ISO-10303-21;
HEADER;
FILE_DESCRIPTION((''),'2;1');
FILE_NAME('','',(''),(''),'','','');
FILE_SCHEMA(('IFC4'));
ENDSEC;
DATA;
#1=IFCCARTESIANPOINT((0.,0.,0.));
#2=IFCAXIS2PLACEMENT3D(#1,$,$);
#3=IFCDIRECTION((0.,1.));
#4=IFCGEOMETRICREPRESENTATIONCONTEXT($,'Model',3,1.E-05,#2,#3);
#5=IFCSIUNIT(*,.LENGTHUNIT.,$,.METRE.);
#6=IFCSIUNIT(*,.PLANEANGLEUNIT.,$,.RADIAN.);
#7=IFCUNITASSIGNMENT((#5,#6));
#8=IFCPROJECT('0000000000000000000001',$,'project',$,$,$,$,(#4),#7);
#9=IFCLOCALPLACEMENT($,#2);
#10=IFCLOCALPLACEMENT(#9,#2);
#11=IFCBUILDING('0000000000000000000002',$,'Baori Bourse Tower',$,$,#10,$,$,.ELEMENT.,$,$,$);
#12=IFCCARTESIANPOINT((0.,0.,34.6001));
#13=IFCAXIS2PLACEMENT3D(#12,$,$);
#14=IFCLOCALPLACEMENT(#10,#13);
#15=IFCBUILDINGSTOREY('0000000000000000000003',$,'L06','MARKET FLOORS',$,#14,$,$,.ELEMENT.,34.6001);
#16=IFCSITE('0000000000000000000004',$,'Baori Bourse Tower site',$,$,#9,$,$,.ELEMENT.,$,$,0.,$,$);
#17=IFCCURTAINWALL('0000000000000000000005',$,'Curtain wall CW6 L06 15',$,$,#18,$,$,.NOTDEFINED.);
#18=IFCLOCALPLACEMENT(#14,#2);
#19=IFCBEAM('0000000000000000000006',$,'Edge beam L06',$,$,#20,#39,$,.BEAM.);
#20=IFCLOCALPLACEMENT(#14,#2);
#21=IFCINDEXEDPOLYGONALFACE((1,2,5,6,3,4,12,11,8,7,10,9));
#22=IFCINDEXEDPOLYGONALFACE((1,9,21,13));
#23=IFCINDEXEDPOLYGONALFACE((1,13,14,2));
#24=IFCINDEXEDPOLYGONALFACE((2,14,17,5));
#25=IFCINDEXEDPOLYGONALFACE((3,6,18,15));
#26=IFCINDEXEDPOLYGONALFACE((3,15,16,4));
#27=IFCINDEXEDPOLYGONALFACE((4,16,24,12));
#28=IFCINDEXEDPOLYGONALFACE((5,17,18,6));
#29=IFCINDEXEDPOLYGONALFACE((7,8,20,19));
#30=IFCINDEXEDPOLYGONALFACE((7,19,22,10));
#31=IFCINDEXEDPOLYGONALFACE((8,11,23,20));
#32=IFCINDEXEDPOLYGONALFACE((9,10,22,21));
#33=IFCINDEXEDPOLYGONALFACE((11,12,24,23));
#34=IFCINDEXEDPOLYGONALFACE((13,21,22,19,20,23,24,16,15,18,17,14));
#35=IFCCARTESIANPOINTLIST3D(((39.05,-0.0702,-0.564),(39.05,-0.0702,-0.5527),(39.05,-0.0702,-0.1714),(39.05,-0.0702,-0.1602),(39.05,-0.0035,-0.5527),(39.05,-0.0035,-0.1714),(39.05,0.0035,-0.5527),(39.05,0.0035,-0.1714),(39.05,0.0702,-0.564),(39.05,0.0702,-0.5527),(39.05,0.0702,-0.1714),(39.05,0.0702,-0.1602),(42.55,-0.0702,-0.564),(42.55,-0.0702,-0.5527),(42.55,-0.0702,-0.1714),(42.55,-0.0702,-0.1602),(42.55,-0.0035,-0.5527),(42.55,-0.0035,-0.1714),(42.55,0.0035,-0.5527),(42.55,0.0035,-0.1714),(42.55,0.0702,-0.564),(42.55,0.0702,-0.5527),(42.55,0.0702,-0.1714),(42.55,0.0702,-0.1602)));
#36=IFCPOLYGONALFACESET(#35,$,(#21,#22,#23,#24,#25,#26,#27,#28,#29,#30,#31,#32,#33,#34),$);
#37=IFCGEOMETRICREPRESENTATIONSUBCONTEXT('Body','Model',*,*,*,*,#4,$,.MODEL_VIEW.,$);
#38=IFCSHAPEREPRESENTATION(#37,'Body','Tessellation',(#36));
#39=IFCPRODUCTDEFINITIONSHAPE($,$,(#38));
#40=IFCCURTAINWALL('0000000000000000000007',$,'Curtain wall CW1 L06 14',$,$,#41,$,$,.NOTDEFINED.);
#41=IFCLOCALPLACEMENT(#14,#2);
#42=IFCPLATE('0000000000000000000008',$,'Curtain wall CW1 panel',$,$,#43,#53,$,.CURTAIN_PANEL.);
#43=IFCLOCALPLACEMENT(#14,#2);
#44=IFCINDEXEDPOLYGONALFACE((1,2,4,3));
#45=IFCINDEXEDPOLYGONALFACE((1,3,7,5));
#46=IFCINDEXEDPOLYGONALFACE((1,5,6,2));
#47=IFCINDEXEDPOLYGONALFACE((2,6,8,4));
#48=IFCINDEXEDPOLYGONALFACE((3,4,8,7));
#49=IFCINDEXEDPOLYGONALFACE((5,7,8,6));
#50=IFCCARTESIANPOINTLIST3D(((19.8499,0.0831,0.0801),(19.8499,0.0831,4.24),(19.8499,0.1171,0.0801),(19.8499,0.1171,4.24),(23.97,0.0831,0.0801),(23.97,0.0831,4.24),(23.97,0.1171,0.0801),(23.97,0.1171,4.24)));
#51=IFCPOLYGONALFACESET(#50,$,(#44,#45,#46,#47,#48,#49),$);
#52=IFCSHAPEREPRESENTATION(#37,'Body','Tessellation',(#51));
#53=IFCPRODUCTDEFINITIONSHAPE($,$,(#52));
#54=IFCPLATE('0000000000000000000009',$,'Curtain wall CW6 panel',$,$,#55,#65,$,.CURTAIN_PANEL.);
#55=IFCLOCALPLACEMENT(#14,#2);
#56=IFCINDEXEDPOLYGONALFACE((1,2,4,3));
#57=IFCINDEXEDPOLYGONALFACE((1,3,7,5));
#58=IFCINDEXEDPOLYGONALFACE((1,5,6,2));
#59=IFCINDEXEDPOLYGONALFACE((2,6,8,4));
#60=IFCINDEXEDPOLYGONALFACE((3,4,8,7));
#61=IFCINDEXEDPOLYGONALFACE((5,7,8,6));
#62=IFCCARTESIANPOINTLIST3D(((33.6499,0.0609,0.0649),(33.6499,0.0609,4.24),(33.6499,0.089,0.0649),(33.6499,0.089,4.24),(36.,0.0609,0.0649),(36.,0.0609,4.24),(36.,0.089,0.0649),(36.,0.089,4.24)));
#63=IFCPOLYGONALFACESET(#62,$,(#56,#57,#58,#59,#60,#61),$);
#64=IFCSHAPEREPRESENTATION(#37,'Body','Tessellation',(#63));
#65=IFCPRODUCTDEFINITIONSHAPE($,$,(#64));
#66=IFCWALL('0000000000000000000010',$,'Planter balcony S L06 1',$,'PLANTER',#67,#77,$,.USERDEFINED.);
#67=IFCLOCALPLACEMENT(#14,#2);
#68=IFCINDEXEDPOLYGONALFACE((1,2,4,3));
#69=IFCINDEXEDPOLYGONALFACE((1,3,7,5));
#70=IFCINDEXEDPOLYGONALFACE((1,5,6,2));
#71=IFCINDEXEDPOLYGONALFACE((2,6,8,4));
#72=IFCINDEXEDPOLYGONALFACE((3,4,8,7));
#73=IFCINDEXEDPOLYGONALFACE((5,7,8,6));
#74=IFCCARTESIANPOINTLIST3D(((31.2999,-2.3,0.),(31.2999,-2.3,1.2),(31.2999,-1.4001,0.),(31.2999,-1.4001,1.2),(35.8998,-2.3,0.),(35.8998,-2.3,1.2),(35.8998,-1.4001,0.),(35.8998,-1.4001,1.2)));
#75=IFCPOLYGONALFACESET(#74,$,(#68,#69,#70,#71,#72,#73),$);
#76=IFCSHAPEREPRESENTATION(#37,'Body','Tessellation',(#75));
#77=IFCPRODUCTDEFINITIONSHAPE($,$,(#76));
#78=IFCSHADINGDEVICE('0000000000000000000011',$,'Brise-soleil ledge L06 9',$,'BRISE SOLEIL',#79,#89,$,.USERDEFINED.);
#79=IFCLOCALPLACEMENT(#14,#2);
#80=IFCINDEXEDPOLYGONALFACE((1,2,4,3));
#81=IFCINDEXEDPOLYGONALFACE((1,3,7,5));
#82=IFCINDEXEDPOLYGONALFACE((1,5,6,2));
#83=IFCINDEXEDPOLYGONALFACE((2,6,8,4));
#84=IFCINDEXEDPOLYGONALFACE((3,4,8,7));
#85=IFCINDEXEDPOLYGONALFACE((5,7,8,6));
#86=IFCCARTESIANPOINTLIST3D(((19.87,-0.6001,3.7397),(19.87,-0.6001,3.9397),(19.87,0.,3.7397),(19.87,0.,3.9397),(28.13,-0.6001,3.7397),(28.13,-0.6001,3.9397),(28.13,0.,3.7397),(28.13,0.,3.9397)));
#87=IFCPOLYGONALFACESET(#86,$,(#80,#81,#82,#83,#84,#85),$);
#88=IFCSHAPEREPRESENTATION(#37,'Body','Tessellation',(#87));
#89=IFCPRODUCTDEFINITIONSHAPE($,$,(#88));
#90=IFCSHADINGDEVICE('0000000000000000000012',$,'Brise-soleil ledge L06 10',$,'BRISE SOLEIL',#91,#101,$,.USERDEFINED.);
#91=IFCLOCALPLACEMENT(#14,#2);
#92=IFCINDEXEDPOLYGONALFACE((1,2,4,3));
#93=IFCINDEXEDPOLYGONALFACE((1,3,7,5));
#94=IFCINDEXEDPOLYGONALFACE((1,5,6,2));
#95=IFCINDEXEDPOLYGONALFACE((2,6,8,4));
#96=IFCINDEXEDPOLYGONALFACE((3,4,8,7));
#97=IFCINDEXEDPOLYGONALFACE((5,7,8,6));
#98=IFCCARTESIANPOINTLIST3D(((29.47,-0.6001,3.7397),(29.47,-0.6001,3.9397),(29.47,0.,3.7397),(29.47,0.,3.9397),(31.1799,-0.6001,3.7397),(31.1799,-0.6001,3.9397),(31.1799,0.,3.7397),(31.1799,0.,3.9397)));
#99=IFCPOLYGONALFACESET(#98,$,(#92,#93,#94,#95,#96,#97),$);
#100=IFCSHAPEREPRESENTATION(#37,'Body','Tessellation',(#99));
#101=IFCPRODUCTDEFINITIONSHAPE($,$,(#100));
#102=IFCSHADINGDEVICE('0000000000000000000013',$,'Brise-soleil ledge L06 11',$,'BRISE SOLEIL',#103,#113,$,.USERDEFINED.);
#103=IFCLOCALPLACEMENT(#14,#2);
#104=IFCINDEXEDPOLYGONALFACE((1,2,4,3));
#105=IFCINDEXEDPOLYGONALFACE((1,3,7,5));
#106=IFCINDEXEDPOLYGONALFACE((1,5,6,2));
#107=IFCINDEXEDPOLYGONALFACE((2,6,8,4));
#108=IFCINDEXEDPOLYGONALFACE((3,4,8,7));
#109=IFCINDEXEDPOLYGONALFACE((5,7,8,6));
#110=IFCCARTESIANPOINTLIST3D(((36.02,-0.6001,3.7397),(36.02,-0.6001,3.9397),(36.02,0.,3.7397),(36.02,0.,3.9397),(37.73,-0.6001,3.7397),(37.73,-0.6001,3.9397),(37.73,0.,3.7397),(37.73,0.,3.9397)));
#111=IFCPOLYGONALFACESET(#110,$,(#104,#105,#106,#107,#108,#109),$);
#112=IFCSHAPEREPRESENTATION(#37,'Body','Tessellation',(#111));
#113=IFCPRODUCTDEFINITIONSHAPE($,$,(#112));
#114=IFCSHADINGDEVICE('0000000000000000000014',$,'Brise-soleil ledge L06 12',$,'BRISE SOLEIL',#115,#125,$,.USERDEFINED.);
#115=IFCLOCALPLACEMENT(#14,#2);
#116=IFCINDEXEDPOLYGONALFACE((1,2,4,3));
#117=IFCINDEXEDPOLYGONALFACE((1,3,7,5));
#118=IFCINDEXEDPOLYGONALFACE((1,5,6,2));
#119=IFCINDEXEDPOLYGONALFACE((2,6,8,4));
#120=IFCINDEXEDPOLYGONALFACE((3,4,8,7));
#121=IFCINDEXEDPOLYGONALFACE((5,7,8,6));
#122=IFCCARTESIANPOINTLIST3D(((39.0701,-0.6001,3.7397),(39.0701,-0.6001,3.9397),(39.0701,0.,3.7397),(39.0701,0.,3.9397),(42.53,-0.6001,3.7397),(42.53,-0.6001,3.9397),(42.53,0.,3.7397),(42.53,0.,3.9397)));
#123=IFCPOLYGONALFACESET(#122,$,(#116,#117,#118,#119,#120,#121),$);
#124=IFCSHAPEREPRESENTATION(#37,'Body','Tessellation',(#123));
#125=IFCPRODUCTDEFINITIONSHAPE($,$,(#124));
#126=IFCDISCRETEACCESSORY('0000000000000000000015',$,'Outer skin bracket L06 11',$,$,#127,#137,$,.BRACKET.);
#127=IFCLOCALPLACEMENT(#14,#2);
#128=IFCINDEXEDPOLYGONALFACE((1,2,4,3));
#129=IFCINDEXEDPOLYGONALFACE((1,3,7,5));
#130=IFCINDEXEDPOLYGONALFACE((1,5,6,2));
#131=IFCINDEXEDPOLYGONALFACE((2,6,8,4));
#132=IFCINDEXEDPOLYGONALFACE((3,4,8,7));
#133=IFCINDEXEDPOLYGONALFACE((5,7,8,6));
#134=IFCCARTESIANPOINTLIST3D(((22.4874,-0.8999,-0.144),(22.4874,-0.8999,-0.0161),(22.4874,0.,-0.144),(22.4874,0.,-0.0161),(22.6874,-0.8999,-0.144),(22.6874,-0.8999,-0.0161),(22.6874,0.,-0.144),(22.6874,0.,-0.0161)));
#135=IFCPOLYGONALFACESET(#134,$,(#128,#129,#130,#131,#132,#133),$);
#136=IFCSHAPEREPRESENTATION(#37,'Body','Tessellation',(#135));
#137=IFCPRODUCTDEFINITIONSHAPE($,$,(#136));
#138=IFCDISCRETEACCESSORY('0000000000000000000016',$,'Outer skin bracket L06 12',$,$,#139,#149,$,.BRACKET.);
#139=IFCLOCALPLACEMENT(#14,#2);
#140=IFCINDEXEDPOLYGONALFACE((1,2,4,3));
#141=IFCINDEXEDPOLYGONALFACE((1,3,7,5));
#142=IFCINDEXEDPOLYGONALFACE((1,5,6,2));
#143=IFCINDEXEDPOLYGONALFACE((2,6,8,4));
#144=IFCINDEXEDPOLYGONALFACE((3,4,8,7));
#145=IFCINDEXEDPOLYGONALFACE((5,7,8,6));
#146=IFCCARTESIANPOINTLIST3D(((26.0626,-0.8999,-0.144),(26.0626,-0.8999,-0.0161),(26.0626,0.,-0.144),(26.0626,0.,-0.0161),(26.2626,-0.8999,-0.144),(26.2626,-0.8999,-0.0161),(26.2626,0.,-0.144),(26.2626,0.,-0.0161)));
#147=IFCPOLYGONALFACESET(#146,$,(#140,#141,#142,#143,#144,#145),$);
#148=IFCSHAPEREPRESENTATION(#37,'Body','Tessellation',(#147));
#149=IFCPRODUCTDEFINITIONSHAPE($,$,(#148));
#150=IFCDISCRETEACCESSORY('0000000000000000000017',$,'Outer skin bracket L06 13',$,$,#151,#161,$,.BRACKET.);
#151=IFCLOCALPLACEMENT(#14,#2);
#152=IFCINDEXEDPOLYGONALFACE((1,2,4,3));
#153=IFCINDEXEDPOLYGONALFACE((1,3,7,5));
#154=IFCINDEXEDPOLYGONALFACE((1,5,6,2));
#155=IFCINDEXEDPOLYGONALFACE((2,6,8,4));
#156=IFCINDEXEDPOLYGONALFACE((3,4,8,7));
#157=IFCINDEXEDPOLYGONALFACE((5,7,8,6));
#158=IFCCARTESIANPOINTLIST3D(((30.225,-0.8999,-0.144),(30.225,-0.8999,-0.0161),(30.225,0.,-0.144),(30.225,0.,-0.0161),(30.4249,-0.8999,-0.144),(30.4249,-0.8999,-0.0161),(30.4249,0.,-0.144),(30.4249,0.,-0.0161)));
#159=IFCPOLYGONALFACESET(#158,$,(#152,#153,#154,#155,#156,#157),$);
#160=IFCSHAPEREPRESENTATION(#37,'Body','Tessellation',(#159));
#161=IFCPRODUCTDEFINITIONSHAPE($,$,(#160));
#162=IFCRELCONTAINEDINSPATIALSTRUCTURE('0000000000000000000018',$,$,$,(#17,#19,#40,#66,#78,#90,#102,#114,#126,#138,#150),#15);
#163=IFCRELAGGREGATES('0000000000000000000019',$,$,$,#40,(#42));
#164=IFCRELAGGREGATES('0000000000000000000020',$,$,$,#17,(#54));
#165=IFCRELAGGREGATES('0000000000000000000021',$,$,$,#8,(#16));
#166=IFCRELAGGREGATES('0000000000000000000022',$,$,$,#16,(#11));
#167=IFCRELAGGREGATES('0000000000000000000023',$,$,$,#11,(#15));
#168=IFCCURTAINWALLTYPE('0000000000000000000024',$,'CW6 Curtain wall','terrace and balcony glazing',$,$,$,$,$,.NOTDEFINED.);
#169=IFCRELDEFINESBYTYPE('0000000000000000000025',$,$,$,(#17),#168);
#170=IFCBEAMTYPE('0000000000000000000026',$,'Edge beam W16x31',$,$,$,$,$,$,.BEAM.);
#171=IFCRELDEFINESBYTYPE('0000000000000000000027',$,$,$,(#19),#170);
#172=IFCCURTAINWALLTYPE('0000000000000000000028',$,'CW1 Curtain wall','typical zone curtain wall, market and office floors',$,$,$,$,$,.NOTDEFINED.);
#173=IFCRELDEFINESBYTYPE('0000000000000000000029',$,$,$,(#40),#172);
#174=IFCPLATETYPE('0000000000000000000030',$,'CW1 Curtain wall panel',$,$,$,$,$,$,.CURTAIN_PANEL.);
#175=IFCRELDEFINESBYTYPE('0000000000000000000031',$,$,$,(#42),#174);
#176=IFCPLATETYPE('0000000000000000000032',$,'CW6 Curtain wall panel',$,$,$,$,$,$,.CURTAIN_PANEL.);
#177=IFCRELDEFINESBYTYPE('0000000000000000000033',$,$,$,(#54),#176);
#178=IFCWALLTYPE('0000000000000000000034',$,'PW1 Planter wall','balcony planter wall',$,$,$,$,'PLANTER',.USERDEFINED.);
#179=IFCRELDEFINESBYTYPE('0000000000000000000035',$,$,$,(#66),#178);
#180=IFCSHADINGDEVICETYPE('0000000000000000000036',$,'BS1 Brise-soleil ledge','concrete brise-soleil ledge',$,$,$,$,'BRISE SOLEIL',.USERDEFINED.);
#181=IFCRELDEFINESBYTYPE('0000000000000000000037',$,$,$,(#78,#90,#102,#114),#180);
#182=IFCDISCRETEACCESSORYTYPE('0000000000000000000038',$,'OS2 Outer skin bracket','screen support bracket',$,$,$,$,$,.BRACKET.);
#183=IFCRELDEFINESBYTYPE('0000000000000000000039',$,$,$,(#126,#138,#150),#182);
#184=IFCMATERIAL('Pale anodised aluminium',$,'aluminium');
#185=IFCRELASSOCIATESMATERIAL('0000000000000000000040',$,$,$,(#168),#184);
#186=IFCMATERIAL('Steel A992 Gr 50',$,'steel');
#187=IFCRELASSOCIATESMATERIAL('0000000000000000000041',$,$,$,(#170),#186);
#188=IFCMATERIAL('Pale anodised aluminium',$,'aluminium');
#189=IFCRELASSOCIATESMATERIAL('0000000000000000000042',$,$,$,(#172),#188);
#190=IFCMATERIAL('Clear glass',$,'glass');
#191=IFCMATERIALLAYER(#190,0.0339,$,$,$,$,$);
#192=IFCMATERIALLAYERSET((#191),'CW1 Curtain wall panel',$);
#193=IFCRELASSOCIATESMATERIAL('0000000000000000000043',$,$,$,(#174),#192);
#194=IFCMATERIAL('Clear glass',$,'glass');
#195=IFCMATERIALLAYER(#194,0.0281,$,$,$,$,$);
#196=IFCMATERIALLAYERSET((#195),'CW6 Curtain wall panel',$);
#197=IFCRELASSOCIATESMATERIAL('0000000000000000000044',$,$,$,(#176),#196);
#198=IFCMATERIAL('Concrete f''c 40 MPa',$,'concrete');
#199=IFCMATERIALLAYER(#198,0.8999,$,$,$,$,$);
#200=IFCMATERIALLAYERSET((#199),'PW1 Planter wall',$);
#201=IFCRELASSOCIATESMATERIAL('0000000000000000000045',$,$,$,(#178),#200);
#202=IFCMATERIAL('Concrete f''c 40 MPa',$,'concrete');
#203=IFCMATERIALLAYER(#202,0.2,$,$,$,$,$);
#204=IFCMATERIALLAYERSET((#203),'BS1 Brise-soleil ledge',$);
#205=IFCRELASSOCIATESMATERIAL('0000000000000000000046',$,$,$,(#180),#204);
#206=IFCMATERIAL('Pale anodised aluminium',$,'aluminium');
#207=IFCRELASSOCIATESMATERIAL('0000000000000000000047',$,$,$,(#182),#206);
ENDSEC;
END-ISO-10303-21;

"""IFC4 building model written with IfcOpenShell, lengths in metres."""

from ifc_helpers import new_model, si_unit, direction, frame, frame_2d, origin, origin_2d, place, context, subcontext, project, spatial, rectangle, i_section, extrude, material, layer, layer_set, material_profile, profile_set, type_object, element, aggregate, save


model = new_model("IFC4")

# Units and contexts
model_context = context("Model", 3, precision=1e-05, world=origin(), true_north=direction((0.0, 1.0)))
body_context = subcontext(model_context, "Body", "Model", "MODEL_VIEW")
ifc_project = project(units=[si_unit("LENGTHUNIT", "METRE"), si_unit("PLANEANGLEUNIT", "RADIAN")], contexts=[model_context])

# Site, building, storey
site_placement = place(None, origin())
site = spatial("IfcSite", under=ifc_project, at=site_placement, Name="Baori Bourse Tower site", CompositionType="ELEMENT", RefElevation=0.0)
building_placement = place(site_placement, origin())
building = spatial("IfcBuilding", under=site, at=building_placement, Name="Baori Bourse Tower", CompositionType="ELEMENT")
storey_placement = place(building_placement, frame((0.0, 0.0, 34.6001)))
storey = spatial("IfcBuildingStorey", under=building, at=storey_placement, Name="L06", Description="MARKET FLOORS", CompositionType="ELEMENT", Elevation=34.6001)

# Curtain wall
ifc_material_1 = material(Name="Pale anodised aluminium", Category="aluminium")
curtain_wall_type_1 = type_object("IfcCurtainWallType", Name="CW6 Curtain wall", Description="terrace and balcony glazing", PredefinedType="NOTDEFINED", material=ifc_material_1)
curtain_wall_1_placement = place(storey_placement, origin())
curtain_wall_1 = element("IfcCurtainWall", 1, at=curtain_wall_1_placement, inside=storey, type_object=curtain_wall_type_1, Name="Curtain wall CW6 L06 15", PredefinedType="NOTDEFINED")

# Beam
ifc_material_2 = material(Name="Steel A992 Gr 50", Category="steel")
ifc_material_profile_1 = material_profile(ifc_material_2, i_section(OverallWidth=0.1404, OverallDepth=0.4038, WebThickness=0.0071, FlangeThickness=0.0112, at=origin_2d()), Name="W16x31")
ifc_profile_set_1 = profile_set([ifc_material_profile_1], Name="Steel A992 Gr 50")
beam_type_1 = type_object("IfcBeamType", Name="Edge beam W16x31", PredefinedType="BEAM", material=ifc_profile_set_1)
beam_1_placement = place(storey_placement, frame((39.05, 0.0, -0.3621), z_axis=(1.0, 0.0, 0.0), x_axis=(0.0, 1.0, 0.0)))
element("IfcBeam", 2, at=beam_1_placement, inside=storey, type_object=beam_type_1, Name="Edge beam L06", PredefinedType="BEAM", context=body_context, shape_type="SweptSolid", body=[
    extrude(i_section(OverallWidth=0.1404, OverallDepth=0.4038, WebThickness=0.0071, FlangeThickness=0.0112, at=origin_2d()), origin(), (0.0, 0.0, 1.0), 3.5),
])

# Curtain wall, plate
ifc_material_3 = material(Name="Pale anodised aluminium", Category="aluminium")
curtain_wall_type_2 = type_object("IfcCurtainWallType", Name="CW1 Curtain wall", Description="typical zone curtain wall, market and office floors", PredefinedType="NOTDEFINED", material=ifc_material_3)
curtain_wall_2_placement = place(storey_placement, origin())
curtain_wall_2 = element("IfcCurtainWall", 3, at=curtain_wall_2_placement, inside=storey, type_object=curtain_wall_type_2, Name="Curtain wall CW1 L06 14", PredefinedType="NOTDEFINED")
ifc_material_4 = material(Name="Clear glass", Category="glass")
ifc_layer_1 = layer(ifc_material_4, 0.0339)
ifc_layer_set_1 = layer_set([ifc_layer_1], Name="CW1 Curtain wall panel")
plate_type_1 = type_object("IfcPlateType", Name="CW1 Curtain wall panel", PredefinedType="CURTAIN_PANEL", material=ifc_layer_set_1)
plate_1_placement = place(storey_placement, frame((21.9099, 0.1001, 0.0801), z_axis=(0.0, 0.0, 1.0), x_axis=(1.0, 0.0, 0.0)))
plate_1 = element("IfcPlate", 4, at=plate_1_placement, type_object=plate_type_1, Name="Curtain wall CW1 panel", PredefinedType="CURTAIN_PANEL", context=body_context, shape_type="SweptSolid", body=[
    extrude(rectangle(XDim=4.1201, YDim=0.0339, at=origin_2d()), origin(), (0.0, 0.0, 1.0), 4.1599),
])
aggregate(curtain_wall_2, [plate_1])

# Plate
ifc_material_5 = material(Name="Clear glass", Category="glass")
ifc_layer_2 = layer(ifc_material_5, 0.0281)
ifc_layer_set_2 = layer_set([ifc_layer_2], Name="CW6 Curtain wall panel")
plate_type_2 = type_object("IfcPlateType", Name="CW6 Curtain wall panel", PredefinedType="CURTAIN_PANEL", material=ifc_layer_set_2)
plate_2_placement = place(storey_placement, frame((34.825, 0.075, 0.0649), z_axis=(0.0, 0.0, 1.0), x_axis=(1.0, 0.0, 0.0)))
plate_2 = element("IfcPlate", 5, at=plate_2_placement, type_object=plate_type_2, Name="Curtain wall CW6 panel", PredefinedType="CURTAIN_PANEL", context=body_context, shape_type="SweptSolid", body=[
    extrude(rectangle(XDim=2.3501, YDim=0.0281, at=origin_2d()), origin(), (0.0, 0.0, 1.0), 4.175),
])
aggregate(curtain_wall_1, [plate_2])

# Wall
ifc_material_6 = material(Name="Concrete f'c 40 MPa", Category="concrete")
ifc_layer_3 = layer(ifc_material_6, 0.8999)
ifc_layer_set_3 = layer_set([ifc_layer_3], Name="PW1 Planter wall")
wall_type = type_object("IfcWallType", Name="PW1 Planter wall", Description="balcony planter wall", ElementType="PLANTER", PredefinedType="USERDEFINED", material=ifc_layer_set_3)
wall_placement = place(storey_placement, frame((31.3, -1.8501, 0.0), z_axis=(0.0, 0.0, 1.0), x_axis=(1.0, 0.0, 0.0)))
element("IfcWall", 6, at=wall_placement, inside=storey, type_object=wall_type, Name="Planter balcony S L06 1", ObjectType="PLANTER", PredefinedType="USERDEFINED", context=body_context, shape_type="SweptSolid", body=[
    extrude(rectangle(XDim=4.5999, YDim=0.8999, at=frame_2d((2.2998, 0.0))), origin(), (0.0, 0.0, 1.0), 1.2),
])

# Shading devices
ifc_material_7 = material(Name="Concrete f'c 40 MPa", Category="concrete")
ifc_layer_4 = layer(ifc_material_7, 0.2)
ifc_layer_set_4 = layer_set([ifc_layer_4], Name="BS1 Brise-soleil ledge")
shading_device_type = type_object("IfcShadingDeviceType", Name="BS1 Brise-soleil ledge", Description="concrete brise-soleil ledge", ElementType="BRISE SOLEIL", PredefinedType="USERDEFINED", material=ifc_layer_set_4)
shading_device_1_placement = place(storey_placement, frame((24.0, -0.3, 3.7397), z_axis=(0.0, 0.0, 1.0), x_axis=(1.0, 0.0, 0.0)))
element("IfcShadingDevice", 7, at=shading_device_1_placement, inside=storey, type_object=shading_device_type, Name="Brise-soleil ledge L06 9", ObjectType="BRISE SOLEIL", PredefinedType="USERDEFINED", context=body_context, shape_type="SweptSolid", body=[
    extrude(rectangle(XDim=8.26, YDim=0.6001, at=origin_2d()), origin(), (0.0, 0.0, 1.0), 0.2),
])
for number, where, z_axis, x_axis, name in (
    (8, (30.325, -0.3, 3.7397), (0.0, 0.0, 1.0), (1.0, 0.0, 0.0), "Brise-soleil ledge L06 10"),
    (9, (36.875, -0.3, 3.7397), (0.0, 0.0, 1.0), (1.0, 0.0, 0.0), "Brise-soleil ledge L06 11"),
):
    element("IfcShadingDevice", number, at=place(storey_placement, frame(where, z_axis=z_axis, x_axis=x_axis)), inside=storey, type_object=shading_device_type, Name=name, ObjectType="BRISE SOLEIL", PredefinedType="USERDEFINED", context=body_context, shape_type="SweptSolid", body=[
        extrude(rectangle(XDim=1.71, YDim=0.6001, at=origin_2d()), origin(), (0.0, 0.0, 1.0), 0.2),
    ])
shading_device_2_placement = place(storey_placement, frame((40.8, -0.3, 3.7397), z_axis=(0.0, 0.0, 1.0), x_axis=(1.0, 0.0, 0.0)))
element("IfcShadingDevice", 10, at=shading_device_2_placement, inside=storey, type_object=shading_device_type, Name="Brise-soleil ledge L06 12", ObjectType="BRISE SOLEIL", PredefinedType="USERDEFINED", context=body_context, shape_type="SweptSolid", body=[
    extrude(rectangle(XDim=3.46, YDim=0.6001, at=origin_2d()), origin(), (0.0, 0.0, 1.0), 0.2),
])

# Discrete accessories
ifc_material_8 = material(Name="Pale anodised aluminium", Category="aluminium")
discrete_accessory_type = type_object("IfcDiscreteAccessoryType", Name="OS2 Outer skin bracket", Description="screen support bracket", PredefinedType="BRACKET", material=ifc_material_8)
for number, where, z_axis, x_axis, name in (
    (11, (22.5874, -0.45, -0.144), (0.0, 0.0, 1.0), (1.0, 0.0, 0.0), "Outer skin bracket L06 11"),
    (12, (26.1626, -0.45, -0.144), (0.0, 0.0, 1.0), (1.0, 0.0, 0.0), "Outer skin bracket L06 12"),
    (13, (30.325, -0.45, -0.144), (0.0, 0.0, 1.0), (1.0, 0.0, 0.0), "Outer skin bracket L06 13"),
):
    element("IfcDiscreteAccessory", number, at=place(storey_placement, frame(where, z_axis=z_axis, x_axis=x_axis)), inside=storey, type_object=discrete_accessory_type, Name=name, PredefinedType="BRACKET", context=body_context, shape_type="SweptSolid", body=[
        extrude(rectangle(XDim=0.2, YDim=0.8999, at=origin_2d()), origin(), (0.0, 0.0, 1.0), 0.1279),
    ])

save(model, "model.ifc")
